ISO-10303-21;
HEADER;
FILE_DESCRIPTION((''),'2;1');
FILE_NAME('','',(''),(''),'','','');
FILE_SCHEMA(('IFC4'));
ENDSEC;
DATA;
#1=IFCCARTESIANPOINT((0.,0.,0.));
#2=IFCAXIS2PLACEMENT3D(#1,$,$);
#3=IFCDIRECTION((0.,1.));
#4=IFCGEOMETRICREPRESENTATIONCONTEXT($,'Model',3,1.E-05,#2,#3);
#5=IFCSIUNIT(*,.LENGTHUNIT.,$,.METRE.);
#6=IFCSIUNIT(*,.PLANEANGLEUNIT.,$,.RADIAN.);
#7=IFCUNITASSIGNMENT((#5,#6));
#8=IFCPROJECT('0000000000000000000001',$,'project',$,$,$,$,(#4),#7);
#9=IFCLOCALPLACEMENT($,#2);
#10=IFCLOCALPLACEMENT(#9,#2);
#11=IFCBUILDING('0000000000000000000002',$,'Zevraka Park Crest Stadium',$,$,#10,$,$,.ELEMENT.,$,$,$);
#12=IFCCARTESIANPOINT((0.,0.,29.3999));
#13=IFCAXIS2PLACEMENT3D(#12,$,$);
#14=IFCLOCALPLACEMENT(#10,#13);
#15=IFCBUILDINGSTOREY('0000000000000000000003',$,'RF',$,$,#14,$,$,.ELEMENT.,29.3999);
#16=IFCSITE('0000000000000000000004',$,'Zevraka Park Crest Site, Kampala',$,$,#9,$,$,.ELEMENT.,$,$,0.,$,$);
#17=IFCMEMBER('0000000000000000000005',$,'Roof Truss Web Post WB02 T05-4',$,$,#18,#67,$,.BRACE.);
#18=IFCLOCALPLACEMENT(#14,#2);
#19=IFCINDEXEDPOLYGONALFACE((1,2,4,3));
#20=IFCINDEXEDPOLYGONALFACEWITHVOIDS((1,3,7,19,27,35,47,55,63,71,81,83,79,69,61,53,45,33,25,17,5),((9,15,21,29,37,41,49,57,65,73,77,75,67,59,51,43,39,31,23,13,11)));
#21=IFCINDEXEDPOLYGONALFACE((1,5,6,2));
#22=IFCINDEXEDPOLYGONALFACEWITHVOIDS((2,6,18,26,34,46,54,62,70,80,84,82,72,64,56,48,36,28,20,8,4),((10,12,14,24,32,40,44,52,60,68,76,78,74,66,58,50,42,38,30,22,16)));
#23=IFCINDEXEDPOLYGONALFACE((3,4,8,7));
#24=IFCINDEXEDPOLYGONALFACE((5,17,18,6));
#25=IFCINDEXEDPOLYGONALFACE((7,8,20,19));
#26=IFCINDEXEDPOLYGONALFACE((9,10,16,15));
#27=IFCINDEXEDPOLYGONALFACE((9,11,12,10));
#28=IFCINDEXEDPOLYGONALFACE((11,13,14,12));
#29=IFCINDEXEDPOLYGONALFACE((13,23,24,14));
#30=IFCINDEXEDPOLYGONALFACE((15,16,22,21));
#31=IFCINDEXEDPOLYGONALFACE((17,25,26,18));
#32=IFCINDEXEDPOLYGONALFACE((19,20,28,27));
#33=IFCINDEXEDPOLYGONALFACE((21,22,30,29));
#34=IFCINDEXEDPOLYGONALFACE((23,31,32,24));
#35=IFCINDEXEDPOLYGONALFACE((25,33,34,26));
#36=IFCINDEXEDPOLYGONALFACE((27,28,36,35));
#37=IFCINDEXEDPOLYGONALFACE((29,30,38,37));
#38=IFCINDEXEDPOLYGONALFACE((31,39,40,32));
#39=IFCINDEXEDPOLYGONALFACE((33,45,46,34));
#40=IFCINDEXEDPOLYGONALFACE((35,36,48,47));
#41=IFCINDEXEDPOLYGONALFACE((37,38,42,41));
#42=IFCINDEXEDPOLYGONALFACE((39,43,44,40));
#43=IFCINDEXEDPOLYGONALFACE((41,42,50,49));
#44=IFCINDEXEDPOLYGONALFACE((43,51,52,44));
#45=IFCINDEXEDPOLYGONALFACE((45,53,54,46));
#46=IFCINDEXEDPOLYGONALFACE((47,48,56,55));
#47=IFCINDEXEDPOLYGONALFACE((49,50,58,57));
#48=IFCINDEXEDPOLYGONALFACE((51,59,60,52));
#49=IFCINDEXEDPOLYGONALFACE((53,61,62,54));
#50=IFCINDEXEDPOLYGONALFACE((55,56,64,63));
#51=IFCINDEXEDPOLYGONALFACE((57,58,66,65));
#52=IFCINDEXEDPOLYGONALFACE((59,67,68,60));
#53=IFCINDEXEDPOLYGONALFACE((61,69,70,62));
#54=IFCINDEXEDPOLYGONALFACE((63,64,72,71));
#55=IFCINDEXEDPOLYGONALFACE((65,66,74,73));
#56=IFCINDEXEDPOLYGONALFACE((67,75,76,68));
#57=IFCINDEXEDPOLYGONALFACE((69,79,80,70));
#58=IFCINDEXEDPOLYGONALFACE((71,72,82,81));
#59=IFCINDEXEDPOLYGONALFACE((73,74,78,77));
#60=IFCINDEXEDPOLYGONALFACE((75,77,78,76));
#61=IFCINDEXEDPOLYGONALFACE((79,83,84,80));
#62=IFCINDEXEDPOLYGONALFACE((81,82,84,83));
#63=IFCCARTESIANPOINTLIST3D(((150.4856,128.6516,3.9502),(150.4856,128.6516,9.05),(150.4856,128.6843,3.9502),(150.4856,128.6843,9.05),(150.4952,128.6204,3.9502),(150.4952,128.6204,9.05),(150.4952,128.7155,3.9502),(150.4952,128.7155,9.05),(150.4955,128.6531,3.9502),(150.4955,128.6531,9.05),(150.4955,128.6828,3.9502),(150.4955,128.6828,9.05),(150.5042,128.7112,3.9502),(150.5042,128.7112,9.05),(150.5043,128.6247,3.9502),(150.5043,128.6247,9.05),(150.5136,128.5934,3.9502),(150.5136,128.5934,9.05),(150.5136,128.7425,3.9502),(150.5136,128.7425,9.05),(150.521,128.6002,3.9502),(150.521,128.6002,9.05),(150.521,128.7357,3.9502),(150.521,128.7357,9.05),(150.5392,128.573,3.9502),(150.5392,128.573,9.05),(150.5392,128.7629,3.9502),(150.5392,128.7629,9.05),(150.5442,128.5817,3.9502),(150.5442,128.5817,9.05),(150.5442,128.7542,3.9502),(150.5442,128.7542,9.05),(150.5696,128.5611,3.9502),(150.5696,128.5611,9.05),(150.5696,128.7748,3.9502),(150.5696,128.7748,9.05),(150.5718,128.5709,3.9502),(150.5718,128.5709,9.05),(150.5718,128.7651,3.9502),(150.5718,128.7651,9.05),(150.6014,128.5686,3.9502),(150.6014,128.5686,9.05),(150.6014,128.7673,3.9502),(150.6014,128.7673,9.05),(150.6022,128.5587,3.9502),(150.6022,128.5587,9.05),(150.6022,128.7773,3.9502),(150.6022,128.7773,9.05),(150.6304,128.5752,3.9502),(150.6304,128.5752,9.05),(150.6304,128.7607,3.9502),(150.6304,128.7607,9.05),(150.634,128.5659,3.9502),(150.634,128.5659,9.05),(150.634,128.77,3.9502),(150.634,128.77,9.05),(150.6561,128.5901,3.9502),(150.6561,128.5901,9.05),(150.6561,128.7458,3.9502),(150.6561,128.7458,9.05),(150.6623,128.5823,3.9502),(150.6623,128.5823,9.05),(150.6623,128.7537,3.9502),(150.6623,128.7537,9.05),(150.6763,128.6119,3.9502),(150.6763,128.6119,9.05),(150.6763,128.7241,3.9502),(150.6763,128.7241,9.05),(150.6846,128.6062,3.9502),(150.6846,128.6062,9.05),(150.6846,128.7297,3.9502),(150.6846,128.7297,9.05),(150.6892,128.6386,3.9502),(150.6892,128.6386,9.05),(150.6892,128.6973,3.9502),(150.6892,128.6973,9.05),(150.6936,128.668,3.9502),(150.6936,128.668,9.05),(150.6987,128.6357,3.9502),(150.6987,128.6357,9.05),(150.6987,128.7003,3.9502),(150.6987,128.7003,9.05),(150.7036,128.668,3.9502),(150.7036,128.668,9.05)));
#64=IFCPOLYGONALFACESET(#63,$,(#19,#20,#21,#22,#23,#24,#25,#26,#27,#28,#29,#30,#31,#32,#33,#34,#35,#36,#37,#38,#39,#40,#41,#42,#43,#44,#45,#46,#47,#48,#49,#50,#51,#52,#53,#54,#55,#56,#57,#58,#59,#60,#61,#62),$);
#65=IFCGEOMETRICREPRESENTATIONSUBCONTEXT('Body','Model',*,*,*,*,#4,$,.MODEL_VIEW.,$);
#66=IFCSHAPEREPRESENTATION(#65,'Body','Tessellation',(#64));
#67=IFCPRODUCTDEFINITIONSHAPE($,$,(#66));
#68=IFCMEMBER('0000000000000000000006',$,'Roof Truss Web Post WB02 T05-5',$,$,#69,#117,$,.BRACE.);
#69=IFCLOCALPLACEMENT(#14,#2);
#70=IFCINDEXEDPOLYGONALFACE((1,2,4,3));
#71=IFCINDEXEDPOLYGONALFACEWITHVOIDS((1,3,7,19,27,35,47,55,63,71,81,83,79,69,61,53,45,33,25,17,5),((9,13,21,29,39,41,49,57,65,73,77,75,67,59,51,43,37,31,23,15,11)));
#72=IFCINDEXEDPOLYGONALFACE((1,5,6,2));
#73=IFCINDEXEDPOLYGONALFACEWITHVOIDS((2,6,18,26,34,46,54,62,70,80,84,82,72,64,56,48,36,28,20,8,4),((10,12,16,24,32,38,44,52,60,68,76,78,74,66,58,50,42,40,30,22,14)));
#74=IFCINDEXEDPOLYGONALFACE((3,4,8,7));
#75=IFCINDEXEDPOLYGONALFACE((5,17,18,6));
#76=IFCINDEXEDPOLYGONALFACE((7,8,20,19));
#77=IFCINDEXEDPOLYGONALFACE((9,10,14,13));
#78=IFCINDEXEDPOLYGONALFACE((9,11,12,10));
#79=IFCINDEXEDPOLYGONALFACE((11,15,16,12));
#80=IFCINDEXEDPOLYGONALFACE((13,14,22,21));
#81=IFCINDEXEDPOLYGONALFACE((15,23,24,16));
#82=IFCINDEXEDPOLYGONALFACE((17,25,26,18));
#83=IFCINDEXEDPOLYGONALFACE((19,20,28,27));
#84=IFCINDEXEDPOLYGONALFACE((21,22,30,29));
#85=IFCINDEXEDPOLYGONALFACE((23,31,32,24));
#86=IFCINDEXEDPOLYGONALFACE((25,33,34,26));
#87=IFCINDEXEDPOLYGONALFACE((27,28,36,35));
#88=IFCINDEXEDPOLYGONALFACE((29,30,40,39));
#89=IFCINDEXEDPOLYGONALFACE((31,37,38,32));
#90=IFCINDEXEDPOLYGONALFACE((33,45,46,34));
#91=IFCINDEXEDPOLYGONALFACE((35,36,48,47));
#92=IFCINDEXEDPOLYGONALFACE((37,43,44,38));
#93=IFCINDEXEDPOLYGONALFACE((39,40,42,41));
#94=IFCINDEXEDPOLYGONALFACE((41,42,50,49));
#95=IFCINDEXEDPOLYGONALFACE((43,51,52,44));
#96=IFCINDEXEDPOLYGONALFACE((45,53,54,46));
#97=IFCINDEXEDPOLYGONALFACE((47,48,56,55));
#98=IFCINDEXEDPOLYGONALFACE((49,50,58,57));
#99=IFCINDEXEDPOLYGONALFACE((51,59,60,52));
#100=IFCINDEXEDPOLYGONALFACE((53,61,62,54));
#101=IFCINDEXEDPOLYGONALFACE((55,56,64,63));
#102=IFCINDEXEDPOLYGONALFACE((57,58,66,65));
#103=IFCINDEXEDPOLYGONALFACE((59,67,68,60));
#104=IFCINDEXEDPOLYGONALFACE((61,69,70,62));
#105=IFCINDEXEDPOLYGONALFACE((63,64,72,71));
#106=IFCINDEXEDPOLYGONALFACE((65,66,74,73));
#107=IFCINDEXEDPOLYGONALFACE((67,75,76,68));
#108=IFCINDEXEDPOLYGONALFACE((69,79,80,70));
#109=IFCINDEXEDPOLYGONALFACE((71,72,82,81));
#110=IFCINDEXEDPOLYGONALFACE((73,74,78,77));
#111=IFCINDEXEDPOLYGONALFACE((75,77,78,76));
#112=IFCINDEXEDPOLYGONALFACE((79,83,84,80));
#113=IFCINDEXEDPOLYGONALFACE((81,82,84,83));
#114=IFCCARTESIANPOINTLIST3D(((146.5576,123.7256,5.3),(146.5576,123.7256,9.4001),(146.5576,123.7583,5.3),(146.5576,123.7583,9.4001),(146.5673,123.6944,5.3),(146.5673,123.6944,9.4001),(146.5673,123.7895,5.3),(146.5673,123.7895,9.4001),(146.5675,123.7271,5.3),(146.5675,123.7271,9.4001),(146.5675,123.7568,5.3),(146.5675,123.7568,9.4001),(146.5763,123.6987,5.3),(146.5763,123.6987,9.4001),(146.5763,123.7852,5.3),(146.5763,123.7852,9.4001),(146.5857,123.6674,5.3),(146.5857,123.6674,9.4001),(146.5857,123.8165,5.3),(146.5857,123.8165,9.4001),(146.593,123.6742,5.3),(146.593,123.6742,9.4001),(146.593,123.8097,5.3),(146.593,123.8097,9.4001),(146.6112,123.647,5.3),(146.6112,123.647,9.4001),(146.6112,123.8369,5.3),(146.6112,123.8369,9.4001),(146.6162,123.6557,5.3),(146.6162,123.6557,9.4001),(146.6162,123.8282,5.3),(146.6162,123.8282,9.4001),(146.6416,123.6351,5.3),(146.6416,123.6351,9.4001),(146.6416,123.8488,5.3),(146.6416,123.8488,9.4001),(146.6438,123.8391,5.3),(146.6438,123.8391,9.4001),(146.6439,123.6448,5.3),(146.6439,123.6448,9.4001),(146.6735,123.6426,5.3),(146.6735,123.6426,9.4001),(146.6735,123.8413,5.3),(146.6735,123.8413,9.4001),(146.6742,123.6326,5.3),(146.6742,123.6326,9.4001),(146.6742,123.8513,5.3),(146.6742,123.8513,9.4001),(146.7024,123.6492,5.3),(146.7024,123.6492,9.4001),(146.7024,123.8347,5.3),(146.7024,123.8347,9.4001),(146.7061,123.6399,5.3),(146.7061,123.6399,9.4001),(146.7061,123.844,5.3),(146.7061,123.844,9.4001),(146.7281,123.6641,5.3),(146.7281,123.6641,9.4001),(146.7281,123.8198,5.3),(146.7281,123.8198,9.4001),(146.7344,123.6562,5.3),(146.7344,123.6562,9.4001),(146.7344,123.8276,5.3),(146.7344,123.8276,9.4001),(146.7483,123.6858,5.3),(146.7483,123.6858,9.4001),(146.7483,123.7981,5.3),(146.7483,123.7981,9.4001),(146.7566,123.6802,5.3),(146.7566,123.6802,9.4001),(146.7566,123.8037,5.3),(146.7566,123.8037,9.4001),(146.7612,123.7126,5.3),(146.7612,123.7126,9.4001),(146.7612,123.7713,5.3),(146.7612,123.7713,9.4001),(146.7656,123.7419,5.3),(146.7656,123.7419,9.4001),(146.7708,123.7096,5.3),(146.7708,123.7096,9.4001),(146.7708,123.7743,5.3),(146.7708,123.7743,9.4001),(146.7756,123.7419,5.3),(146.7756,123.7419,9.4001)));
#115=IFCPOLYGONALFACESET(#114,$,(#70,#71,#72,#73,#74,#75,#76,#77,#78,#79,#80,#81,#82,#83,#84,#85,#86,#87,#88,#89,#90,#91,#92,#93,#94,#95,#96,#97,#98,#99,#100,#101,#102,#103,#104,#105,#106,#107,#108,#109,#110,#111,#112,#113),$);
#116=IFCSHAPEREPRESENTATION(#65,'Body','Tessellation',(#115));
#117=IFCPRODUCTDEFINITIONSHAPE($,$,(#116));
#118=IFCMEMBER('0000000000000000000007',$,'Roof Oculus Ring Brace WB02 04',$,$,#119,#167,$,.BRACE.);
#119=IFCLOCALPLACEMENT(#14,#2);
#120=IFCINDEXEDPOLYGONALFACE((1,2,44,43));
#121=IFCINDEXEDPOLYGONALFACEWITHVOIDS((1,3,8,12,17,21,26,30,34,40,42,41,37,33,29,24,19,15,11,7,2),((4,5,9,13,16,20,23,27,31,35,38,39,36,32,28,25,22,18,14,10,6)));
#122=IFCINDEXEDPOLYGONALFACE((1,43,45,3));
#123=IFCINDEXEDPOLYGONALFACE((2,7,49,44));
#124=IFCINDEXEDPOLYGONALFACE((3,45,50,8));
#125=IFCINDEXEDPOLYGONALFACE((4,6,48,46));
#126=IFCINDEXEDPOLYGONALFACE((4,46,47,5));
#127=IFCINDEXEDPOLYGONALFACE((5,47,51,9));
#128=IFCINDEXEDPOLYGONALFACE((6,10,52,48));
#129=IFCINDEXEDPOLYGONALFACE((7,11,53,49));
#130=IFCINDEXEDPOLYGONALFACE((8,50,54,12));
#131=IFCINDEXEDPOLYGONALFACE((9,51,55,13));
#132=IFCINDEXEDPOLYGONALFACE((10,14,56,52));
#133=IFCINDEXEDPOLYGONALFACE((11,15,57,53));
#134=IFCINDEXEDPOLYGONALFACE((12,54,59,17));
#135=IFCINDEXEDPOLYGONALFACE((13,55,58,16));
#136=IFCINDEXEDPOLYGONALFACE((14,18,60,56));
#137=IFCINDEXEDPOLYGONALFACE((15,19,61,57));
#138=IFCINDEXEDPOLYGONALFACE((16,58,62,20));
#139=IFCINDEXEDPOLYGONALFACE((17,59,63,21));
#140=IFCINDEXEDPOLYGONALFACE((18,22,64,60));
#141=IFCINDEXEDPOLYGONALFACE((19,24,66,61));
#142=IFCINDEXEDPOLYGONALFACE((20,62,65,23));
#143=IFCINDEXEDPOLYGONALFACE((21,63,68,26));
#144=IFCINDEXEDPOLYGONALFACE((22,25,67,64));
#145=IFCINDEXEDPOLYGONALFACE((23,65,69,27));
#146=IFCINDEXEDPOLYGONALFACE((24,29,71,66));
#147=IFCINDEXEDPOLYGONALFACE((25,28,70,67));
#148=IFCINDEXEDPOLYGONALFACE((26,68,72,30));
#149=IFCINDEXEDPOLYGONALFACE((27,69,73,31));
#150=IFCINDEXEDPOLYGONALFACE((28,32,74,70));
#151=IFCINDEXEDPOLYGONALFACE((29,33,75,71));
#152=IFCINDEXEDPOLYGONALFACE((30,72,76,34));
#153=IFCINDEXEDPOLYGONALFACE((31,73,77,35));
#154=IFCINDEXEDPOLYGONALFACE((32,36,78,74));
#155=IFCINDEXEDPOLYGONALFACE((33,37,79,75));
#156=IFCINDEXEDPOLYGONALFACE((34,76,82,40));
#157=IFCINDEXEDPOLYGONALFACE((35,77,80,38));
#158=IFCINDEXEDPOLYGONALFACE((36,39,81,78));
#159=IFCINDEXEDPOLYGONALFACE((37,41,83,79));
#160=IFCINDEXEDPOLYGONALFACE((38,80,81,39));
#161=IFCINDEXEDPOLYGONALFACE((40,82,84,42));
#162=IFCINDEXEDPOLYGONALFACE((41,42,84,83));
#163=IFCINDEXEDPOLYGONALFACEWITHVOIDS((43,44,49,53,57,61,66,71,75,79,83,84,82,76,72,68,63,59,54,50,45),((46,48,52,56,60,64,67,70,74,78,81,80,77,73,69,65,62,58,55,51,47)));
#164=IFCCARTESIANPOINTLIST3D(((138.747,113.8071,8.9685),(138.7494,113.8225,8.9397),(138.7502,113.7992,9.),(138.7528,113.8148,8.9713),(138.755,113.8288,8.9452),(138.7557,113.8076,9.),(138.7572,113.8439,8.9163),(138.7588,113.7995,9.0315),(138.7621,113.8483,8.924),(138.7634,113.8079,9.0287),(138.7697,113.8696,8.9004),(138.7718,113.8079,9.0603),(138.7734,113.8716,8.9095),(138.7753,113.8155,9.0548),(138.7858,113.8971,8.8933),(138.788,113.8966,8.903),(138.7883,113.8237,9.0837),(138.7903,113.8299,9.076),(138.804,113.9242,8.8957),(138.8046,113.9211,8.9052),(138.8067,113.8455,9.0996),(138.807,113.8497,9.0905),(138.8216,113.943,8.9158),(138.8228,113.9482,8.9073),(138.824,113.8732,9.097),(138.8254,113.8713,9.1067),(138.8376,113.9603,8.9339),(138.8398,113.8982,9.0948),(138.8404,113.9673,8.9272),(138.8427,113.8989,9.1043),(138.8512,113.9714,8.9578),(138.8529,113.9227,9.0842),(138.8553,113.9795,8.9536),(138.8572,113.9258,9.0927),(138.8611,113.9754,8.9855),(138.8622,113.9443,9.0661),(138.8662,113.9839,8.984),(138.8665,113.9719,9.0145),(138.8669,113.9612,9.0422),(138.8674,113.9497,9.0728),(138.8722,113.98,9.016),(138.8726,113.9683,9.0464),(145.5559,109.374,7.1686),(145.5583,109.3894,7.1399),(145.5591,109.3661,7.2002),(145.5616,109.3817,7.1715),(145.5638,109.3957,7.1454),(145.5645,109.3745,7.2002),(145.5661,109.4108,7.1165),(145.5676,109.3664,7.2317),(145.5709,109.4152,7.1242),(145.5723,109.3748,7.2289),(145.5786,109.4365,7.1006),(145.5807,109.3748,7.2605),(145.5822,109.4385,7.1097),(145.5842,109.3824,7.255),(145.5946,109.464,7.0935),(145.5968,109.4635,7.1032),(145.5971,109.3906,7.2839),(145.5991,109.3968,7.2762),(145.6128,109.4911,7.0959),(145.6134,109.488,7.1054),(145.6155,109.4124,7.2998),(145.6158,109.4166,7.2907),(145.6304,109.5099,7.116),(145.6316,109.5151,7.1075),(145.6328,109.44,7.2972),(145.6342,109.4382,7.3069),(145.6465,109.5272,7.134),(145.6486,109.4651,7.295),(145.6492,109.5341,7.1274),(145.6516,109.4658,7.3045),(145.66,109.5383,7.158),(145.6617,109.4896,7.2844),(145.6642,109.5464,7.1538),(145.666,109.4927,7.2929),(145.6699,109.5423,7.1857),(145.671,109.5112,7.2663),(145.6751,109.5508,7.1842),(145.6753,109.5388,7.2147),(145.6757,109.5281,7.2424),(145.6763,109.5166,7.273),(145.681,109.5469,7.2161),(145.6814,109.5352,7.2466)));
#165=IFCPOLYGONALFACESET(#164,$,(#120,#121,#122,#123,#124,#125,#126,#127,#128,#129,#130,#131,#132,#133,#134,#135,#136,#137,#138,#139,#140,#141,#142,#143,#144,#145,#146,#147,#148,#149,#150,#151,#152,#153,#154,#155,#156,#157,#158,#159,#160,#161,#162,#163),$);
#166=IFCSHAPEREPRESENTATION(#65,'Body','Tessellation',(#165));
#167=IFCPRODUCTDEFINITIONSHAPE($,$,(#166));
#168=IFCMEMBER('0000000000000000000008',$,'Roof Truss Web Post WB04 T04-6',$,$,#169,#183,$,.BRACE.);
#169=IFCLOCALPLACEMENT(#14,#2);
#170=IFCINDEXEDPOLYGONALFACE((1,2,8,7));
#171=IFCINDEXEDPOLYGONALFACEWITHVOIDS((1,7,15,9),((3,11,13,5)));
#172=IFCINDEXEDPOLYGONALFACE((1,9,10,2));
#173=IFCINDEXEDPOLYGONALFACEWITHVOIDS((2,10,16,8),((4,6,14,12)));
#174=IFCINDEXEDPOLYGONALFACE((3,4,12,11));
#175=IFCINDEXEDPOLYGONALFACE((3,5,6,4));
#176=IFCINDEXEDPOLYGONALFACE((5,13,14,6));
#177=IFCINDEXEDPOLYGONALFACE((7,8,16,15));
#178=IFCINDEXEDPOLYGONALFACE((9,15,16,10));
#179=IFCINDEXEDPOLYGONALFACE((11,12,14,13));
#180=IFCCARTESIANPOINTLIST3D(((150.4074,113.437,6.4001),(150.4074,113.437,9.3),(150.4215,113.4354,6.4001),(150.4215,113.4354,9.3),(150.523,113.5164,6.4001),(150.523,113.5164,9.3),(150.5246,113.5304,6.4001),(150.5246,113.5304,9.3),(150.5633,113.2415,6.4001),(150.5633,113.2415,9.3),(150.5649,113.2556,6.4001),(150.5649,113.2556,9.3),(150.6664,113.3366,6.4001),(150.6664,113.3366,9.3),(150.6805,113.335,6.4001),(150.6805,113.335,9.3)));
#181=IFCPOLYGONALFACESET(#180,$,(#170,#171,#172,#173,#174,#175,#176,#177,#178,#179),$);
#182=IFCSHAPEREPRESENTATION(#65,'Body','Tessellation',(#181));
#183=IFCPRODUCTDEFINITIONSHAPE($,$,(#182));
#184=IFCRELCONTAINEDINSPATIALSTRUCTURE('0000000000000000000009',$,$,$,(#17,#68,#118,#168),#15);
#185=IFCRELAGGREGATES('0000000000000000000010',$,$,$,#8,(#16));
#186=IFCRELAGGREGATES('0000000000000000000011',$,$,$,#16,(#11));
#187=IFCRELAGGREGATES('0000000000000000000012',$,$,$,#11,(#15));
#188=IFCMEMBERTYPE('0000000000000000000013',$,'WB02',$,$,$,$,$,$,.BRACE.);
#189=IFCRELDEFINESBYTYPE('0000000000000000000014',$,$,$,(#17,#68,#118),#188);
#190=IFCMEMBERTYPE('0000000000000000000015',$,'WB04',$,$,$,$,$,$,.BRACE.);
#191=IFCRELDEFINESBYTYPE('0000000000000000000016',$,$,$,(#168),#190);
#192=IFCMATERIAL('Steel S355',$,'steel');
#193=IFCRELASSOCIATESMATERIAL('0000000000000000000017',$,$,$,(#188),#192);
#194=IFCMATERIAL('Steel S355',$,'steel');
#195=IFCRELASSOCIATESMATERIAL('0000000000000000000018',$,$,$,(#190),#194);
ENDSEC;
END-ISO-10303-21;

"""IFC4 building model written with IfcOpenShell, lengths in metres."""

from ifc_helpers import new_model, si_unit, direction, frame, origin, origin_2d, place, context, subcontext, project, spatial, hollow_rectangle, hollow_circle, extrude, material, material_profile, profile_set, type_object, element, save


model = new_model("IFC4")

# Units and contexts
model_context = context("Model", 3, precision=1e-05, world=origin(), true_north=direction((0.0, 1.0)))
body_context = subcontext(model_context, "Body", "Model", "MODEL_VIEW")
ifc_project = project(units=[si_unit("LENGTHUNIT", "METRE"), si_unit("PLANEANGLEUNIT", "RADIAN")], contexts=[model_context])

# Site, building, storey
site_placement = place(None, origin())
site = spatial("IfcSite", under=ifc_project, at=site_placement, Name="Zevraka Park Crest Site, Kampala", CompositionType="ELEMENT", RefElevation=0.0)
building_placement = place(site_placement, origin())
building = spatial("IfcBuilding", under=site, at=building_placement, Name="Zevraka Park Crest Stadium", CompositionType="ELEMENT")
storey_placement = place(building_placement, frame((0.0, 0.0, 29.3999)))
storey = spatial("IfcBuildingStorey", under=building, at=storey_placement, Name="RF", CompositionType="ELEMENT", Elevation=29.3999)

# Members
ifc_material_1 = material(Name="Steel S355", Category="steel")
ifc_material_profile_1 = material_profile(ifc_material_1, hollow_circle(Radius=0.1096, WallThickness=0.01, at=origin_2d()), Name="CHS 219.1x10")
ifc_profile_set_1 = profile_set([ifc_material_profile_1], Name="Steel S355")
member_type_1 = type_object("IfcMemberType", Name="WB02", PredefinedType="BRACE", material=ifc_profile_set_1)
member_1_placement = place(storey_placement, frame((150.594, 128.668, 3.9502), z_axis=(0.0, 0.0, 1.0), x_axis=(0.62347, 0.781847, 0.0)))
element("IfcMember", 1, at=member_1_placement, inside=storey, type_object=member_type_1, Name="Roof Truss Web Post WB02 T05-4", PredefinedType="BRACE", context=body_context, shape_type="SweptSolid", body=[
    extrude(hollow_circle(Radius=0.1096, WallThickness=0.01, at=origin_2d()), origin(), (0.0, 0.0, 1.0), 5.0999),
])
member_2_placement = place(storey_placement, frame((146.666, 123.7419, 5.3), z_axis=(0.0, 0.0, 1.0), x_axis=(0.62347, 0.781847, 0.0)))
element("IfcMember", 2, at=member_2_placement, inside=storey, type_object=member_type_1, Name="Roof Truss Web Post WB02 T05-5", PredefinedType="BRACE", context=body_context, shape_type="SweptSolid", body=[
    extrude(hollow_circle(Radius=0.1096, WallThickness=0.01, at=origin_2d()), origin(), (0.0, 0.0, 1.0), 4.1001),
])
member_3_placement = place(storey_placement, frame((145.6189, 109.458, 7.2002), z_axis=(-0.818195, 0.532711, 0.216276), x_axis=(-0.545625, -0.838029, 0.0)))
element("IfcMember", 3, at=member_3_placement, inside=storey, type_object=member_type_1, Name="Roof Oculus Ring Brace WB02 04", PredefinedType="BRACE", context=body_context, shape_type="SweptSolid", body=[
    extrude(hollow_circle(Radius=0.1096, WallThickness=0.01, at=origin_2d()), origin(), (0.0, 0.0, 1.0), 8.3218),
])
ifc_material_2 = material(Name="Steel S355", Category="steel")
ifc_material_profile_2 = material_profile(ifc_material_2, hollow_rectangle(XDim=0.1499, YDim=0.25, WallThickness=0.01, at=origin_2d()), Name="RHS 250x150x10")
ifc_profile_set_2 = profile_set([ifc_material_profile_2], Name="Steel S355")
member_type_2 = type_object("IfcMemberType", Name="WB04", PredefinedType="BRACE", material=ifc_profile_set_2)
member_4_placement = place(storey_placement, frame((150.5439, 113.386, 6.4001), z_axis=(0.0, 0.0, 1.0), x_axis=(0.781847, 0.62347, 0.0)))
element("IfcMember", 4, at=member_4_placement, inside=storey, type_object=member_type_2, Name="Roof Truss Web Post WB04 T04-6", PredefinedType="BRACE", context=body_context, shape_type="SweptSolid", body=[
    extrude(hollow_rectangle(XDim=0.1499, YDim=0.25, WallThickness=0.01, at=origin_2d()), origin(), (0.0, 0.0, 1.0), 2.8999),
])

save(model, "model.ifc")
